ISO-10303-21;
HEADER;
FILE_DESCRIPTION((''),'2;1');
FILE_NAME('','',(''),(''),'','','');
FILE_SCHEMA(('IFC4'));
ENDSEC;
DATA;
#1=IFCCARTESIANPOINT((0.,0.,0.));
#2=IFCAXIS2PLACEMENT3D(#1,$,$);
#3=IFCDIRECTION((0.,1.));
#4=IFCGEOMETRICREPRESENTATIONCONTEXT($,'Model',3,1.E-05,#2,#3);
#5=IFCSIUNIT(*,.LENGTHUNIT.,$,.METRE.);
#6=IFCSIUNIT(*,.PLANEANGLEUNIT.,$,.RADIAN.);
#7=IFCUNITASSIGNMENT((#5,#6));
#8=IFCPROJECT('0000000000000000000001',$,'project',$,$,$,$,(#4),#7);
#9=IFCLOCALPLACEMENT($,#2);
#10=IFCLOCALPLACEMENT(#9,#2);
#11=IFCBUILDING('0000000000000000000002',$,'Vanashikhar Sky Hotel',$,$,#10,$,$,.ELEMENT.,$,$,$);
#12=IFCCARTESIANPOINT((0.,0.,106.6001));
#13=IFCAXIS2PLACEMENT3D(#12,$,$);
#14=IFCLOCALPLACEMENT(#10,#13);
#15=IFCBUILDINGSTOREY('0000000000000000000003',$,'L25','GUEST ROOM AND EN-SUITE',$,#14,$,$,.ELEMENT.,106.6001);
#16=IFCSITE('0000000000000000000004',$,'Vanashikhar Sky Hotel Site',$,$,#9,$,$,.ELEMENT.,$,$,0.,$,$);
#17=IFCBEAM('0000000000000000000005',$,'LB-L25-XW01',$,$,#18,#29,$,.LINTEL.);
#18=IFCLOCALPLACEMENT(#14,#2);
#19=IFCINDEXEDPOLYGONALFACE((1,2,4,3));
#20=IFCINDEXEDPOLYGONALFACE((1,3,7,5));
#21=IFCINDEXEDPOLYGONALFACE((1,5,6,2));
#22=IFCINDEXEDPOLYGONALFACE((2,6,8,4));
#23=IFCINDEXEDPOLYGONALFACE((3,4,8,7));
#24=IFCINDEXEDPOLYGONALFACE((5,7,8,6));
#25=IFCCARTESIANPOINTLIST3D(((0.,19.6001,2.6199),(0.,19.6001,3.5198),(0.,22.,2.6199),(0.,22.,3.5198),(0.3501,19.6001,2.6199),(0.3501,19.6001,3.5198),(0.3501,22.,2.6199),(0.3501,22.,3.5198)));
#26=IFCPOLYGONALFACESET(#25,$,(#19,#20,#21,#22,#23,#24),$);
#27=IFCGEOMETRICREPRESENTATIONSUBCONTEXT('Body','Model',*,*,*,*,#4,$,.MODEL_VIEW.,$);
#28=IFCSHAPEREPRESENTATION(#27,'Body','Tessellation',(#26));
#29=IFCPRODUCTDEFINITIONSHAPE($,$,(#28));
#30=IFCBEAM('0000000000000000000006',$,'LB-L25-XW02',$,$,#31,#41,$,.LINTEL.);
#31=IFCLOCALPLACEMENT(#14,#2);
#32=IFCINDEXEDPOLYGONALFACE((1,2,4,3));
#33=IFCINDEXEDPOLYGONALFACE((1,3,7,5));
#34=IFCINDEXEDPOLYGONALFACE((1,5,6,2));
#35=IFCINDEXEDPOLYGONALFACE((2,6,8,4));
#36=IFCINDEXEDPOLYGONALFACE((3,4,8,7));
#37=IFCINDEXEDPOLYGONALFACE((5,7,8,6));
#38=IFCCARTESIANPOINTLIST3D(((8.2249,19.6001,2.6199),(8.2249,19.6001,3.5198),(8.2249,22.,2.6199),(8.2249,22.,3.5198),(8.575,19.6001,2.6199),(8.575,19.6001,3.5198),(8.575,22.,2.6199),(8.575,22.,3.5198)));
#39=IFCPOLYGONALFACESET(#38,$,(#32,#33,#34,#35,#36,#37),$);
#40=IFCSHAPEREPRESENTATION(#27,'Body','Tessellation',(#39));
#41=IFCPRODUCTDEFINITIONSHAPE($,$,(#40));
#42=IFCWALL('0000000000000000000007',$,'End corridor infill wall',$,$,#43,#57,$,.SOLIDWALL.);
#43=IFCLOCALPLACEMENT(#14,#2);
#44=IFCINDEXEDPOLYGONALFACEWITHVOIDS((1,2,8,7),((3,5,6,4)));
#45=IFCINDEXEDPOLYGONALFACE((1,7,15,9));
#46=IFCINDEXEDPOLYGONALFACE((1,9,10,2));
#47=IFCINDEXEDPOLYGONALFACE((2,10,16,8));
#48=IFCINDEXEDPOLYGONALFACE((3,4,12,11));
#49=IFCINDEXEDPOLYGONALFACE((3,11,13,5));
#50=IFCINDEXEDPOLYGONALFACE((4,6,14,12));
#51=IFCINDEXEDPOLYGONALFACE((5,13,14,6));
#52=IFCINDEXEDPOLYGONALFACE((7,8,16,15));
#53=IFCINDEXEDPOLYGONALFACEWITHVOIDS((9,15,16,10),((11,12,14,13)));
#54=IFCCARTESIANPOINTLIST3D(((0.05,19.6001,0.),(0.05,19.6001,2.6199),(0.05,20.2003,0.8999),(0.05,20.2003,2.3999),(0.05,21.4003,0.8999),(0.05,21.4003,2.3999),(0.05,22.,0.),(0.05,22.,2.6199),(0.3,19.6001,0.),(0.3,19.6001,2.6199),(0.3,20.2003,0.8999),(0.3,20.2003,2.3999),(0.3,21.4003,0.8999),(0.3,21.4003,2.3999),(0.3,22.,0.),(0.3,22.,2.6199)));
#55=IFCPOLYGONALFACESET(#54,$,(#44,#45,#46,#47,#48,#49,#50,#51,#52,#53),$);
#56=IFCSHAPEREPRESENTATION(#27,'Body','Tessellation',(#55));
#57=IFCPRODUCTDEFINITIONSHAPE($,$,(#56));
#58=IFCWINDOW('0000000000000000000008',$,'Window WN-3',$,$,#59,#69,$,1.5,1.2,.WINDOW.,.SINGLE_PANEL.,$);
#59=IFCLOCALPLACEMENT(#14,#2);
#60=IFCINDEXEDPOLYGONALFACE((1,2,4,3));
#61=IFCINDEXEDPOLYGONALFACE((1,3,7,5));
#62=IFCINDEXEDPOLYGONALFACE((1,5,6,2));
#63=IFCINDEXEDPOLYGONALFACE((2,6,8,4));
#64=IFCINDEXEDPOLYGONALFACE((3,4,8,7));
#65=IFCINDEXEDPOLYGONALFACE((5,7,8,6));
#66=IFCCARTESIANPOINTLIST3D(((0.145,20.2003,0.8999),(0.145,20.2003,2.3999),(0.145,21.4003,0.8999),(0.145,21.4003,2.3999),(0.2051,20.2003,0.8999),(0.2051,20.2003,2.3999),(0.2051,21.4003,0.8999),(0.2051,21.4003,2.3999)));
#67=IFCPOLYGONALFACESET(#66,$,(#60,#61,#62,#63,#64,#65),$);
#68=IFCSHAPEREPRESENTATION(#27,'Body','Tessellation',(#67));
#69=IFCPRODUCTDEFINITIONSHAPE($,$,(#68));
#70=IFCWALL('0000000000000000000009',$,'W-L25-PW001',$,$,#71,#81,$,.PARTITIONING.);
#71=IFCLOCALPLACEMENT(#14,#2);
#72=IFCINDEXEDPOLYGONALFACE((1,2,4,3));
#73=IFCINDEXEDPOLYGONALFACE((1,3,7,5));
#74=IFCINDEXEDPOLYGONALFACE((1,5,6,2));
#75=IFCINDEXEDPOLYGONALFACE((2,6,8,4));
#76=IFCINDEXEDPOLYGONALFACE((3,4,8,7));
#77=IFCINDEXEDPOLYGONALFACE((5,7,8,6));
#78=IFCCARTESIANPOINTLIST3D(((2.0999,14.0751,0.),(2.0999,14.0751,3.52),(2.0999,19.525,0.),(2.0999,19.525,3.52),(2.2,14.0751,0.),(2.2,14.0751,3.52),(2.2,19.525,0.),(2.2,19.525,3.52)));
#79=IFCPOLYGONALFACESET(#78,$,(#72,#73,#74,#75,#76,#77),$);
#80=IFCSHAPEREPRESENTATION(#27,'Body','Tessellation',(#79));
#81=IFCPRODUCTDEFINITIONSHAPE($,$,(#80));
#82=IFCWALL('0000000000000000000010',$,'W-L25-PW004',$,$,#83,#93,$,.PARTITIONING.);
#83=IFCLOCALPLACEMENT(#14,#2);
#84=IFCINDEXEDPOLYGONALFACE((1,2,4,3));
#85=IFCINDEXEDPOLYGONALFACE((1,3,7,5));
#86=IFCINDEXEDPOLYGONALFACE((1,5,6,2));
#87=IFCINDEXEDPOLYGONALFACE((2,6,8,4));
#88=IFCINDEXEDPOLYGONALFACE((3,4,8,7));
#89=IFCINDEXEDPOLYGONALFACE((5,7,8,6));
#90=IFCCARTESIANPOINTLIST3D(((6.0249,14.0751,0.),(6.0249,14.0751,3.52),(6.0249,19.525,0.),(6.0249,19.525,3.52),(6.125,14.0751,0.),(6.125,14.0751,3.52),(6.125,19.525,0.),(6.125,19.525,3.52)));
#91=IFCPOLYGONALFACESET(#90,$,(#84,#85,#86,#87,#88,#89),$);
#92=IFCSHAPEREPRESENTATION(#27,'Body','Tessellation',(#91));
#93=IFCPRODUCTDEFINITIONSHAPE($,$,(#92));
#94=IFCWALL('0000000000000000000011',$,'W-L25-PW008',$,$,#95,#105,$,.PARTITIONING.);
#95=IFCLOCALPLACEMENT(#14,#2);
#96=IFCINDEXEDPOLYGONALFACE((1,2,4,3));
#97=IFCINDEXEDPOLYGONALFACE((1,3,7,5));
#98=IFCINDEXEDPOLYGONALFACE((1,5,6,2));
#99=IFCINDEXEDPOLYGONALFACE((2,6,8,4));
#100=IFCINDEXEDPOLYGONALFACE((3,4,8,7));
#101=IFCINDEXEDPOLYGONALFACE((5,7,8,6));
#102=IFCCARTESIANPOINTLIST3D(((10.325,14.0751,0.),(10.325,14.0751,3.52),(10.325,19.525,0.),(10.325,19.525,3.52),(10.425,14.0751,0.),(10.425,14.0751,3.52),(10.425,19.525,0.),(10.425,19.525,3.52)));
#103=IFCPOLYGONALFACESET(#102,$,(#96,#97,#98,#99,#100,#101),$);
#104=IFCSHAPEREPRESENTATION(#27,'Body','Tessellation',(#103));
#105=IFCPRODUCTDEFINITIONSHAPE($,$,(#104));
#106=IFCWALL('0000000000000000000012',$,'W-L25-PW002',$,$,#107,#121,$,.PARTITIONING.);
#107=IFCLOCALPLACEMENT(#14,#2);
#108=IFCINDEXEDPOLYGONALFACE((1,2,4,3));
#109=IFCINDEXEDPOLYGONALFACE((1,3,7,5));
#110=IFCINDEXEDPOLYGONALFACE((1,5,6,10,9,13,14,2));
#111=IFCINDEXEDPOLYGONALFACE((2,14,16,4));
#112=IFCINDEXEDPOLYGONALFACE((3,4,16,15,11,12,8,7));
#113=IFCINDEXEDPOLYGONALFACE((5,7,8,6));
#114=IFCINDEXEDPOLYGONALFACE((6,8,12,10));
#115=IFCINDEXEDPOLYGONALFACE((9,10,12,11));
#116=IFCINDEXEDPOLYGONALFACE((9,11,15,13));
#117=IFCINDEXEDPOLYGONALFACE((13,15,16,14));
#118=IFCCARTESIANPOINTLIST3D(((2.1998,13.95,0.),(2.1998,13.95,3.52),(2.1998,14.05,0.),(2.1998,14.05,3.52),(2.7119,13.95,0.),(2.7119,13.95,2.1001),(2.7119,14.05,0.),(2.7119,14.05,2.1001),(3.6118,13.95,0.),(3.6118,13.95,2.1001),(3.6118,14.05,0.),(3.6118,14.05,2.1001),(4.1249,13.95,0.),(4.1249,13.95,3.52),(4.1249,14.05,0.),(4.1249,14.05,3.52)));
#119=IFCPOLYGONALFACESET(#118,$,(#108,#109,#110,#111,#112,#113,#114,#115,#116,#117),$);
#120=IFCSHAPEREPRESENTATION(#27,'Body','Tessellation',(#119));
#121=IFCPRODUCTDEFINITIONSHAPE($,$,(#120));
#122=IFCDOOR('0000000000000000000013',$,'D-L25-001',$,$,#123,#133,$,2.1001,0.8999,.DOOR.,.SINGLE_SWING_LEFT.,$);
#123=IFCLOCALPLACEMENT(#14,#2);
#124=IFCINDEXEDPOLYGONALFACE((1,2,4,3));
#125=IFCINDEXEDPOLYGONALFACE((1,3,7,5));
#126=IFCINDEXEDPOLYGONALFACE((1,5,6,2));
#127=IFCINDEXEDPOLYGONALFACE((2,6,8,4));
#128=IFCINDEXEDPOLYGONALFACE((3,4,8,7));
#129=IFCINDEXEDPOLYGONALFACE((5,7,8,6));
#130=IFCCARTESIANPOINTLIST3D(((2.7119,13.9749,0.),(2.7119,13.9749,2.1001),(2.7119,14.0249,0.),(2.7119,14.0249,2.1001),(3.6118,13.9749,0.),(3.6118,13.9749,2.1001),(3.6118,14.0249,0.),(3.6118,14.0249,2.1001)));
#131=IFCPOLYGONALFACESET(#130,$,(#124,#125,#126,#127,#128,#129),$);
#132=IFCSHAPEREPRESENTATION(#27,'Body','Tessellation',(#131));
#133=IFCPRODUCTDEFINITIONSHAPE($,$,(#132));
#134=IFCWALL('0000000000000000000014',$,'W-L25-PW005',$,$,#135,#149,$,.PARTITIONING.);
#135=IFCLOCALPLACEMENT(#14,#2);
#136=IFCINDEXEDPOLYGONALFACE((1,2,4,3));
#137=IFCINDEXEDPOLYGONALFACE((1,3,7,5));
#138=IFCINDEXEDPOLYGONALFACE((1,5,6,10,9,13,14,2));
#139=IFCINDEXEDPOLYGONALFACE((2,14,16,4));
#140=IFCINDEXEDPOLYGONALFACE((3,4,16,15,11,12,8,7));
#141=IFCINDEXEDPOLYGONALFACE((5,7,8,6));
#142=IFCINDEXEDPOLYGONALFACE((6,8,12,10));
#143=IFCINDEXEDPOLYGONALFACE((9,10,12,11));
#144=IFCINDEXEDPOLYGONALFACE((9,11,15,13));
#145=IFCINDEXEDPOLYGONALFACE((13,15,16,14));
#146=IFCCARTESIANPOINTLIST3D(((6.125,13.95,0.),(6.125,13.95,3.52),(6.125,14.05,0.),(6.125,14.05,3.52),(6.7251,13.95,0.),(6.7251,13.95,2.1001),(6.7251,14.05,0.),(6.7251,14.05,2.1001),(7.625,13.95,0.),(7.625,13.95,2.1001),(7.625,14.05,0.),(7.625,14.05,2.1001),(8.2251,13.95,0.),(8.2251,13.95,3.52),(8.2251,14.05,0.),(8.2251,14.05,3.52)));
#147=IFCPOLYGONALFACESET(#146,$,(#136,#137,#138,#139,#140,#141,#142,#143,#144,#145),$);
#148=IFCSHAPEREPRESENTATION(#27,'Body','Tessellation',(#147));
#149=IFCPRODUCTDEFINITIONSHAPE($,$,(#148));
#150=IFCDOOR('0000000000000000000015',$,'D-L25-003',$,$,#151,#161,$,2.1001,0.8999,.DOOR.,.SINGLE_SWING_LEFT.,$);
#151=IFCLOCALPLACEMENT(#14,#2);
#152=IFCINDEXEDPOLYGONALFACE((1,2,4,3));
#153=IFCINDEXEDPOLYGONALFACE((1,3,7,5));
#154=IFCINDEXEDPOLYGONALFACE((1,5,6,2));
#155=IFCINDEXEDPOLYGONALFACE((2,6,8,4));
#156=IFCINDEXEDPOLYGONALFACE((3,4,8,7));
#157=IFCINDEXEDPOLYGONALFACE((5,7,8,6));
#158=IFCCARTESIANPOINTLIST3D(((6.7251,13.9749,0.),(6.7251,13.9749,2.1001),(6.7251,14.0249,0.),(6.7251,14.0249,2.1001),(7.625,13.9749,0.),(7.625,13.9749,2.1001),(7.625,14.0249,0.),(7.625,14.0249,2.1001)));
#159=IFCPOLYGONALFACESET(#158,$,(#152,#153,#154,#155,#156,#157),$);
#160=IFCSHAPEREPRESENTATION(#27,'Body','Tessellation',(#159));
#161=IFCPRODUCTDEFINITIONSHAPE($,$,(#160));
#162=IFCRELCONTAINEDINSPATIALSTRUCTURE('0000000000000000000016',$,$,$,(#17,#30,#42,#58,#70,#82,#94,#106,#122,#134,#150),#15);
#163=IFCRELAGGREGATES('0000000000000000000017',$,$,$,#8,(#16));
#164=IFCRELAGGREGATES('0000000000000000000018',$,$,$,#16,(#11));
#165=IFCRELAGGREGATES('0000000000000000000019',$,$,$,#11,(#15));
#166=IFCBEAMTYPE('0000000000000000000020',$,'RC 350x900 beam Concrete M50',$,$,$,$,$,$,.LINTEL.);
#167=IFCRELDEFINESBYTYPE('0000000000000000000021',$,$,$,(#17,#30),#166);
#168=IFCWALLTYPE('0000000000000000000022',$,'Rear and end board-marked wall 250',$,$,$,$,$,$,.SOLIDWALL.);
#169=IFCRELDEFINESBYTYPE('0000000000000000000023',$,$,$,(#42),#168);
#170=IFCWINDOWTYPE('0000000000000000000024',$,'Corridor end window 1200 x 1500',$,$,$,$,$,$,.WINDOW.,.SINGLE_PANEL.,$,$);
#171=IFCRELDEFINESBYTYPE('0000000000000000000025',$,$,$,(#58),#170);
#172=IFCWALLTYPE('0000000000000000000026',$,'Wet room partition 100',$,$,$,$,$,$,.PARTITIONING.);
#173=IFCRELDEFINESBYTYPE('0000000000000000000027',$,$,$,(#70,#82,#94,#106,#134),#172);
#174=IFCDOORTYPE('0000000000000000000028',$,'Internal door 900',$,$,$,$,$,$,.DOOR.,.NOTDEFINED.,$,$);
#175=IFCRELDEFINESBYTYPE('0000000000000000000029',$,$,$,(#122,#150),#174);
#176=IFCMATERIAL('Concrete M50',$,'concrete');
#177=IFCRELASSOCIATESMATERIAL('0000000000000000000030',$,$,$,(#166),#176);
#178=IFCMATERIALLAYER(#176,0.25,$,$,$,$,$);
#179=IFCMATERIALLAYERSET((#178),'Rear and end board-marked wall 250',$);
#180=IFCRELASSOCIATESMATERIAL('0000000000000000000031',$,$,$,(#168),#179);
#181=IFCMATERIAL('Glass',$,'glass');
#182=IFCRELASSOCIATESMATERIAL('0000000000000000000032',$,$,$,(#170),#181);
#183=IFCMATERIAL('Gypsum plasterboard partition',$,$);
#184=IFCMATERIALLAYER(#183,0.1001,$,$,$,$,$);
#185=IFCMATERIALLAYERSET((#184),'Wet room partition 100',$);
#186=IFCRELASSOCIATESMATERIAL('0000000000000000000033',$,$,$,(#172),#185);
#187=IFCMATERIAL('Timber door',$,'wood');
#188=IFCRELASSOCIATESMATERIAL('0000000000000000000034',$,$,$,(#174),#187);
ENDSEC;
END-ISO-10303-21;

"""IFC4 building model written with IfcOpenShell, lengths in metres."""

from ifc_helpers import new_model, si_unit, direction, frame, frame_2d, origin, origin_2d, place, context, subcontext, project, spatial, rectangle, extrude, source, transform, mapped, material, layer, layer_set, material_profile, profile_set, type_object, element, fill, save


model = new_model("IFC4")

# Units and contexts
model_context = context("Model", 3, precision=1e-05, world=origin(), true_north=direction((0.0, 1.0)))
body_context = subcontext(model_context, "Body", "Model", "MODEL_VIEW")
ifc_project = project(units=[si_unit("LENGTHUNIT", "METRE"), si_unit("PLANEANGLEUNIT", "RADIAN")], contexts=[model_context])

# Site, building, storey
site_placement = place(None, origin())
site = spatial("IfcSite", under=ifc_project, at=site_placement, Name="Vanashikhar Sky Hotel Site", CompositionType="ELEMENT", RefElevation=0.0)
building_placement = place(site_placement, origin())
building = spatial("IfcBuilding", under=site, at=building_placement, Name="Vanashikhar Sky Hotel", CompositionType="ELEMENT")
storey_placement = place(building_placement, frame((0.0, 0.0, 106.6001)))
storey = spatial("IfcBuildingStorey", under=building, at=storey_placement, Name="L25", Description="GUEST ROOM AND EN-SUITE", CompositionType="ELEMENT", Elevation=106.6001)

# Beams
ifc_material_1 = material(Name="Concrete M50", Category="concrete")
ifc_material_profile = material_profile(ifc_material_1, rectangle(XDim=0.3501, YDim=0.8999, at=origin_2d()))
ifc_profile_set = profile_set([ifc_material_profile], Name="RC 350x900 beam Concrete M50")
beam_type = type_object("IfcBeamType", Name="RC 350x900 beam Concrete M50", PredefinedType="LINTEL", material=ifc_profile_set)
shared_shape_1 = source(origin(), body_context, "Body", "SweptSolid", [
    extrude(rectangle(XDim=0.3501, YDim=0.8999, at=origin_2d()), origin(), (0.0, 0.0, 1.0), 2.3999),
])
for number, where, z_axis, x_axis, name in (
    (1, (0.175, 19.6001, 3.0698), (0.0, 1.0, 0.0), (-1.0, 0.0, 0.0), "LB-L25-XW01"),
    (2, (8.3999, 19.6001, 3.0698), (0.0, 1.0, 0.0), (-1.0, 0.0, 0.0), "LB-L25-XW02"),
):
    element("IfcBeam", number, at=place(storey_placement, frame(where, z_axis=z_axis, x_axis=x_axis)), inside=storey, type_object=beam_type, Name=name, PredefinedType="LINTEL", context=body_context, shape_type="MappedRepresentation", body=[
        mapped(shared_shape_1, transform((0.0, 0.0, 0.0), scale=1.0)),
    ])

# Wall, opening, window
ifc_layer_1 = layer(ifc_material_1, 0.25)
ifc_layer_set_1 = layer_set([ifc_layer_1], Name="Rear and end board-marked wall 250")
wall_type_1 = type_object("IfcWallType", Name="Rear and end board-marked wall 250", PredefinedType="SOLIDWALL", material=ifc_layer_set_1)
shared_shape_2 = source(origin(), body_context, "Body", "SweptSolid", [
    extrude(rectangle(XDim=2.3999, YDim=0.25, at=frame_2d((1.2, 0.0))), origin(), (0.0, 0.0, 1.0), 2.6199),
])
wall_1_placement = place(storey_placement, frame((0.175, 19.6001, 0.0), z_axis=(0.0, 0.0, 1.0), x_axis=(0.0, 1.0, 0.0)))
wall_1 = element("IfcWall", 3, at=wall_1_placement, inside=storey, type_object=wall_type_1, Name="End corridor infill wall", PredefinedType="SOLIDWALL", context=body_context, shape_type="MappedRepresentation", body=[
    mapped(shared_shape_2, transform((0.0, 0.0, 0.0), scale=1.0)),
])
shared_shape_3 = source(origin(), body_context, "Body", "SweptSolid", [
    extrude(rectangle(XDim=1.2, YDim=1.5, at=frame_2d((0.6001, 0.75))), frame((0.0, 0.135, 0.0), z_axis=(0.0, -1.0, 0.0), x_axis=(1.0, 0.0, 0.0)), (0.0, 0.0, 1.0), 0.27),
])
opening_1_placement = place(wall_1_placement, frame((0.6001, 0.0, 0.8999)))
opening_1 = element("IfcOpeningElement", 4, at=opening_1_placement, cuts=wall_1, PredefinedType="OPENING", context=body_context, shape_type="MappedRepresentation", body=[
    mapped(shared_shape_3, transform((0.0, 0.0, 0.0), scale=1.0)),
])
ifc_material_2 = material(Name="Glass", Category="glass")
window_type = type_object("IfcWindowType", Name="Corridor end window 1200 x 1500", PartitioningType="SINGLE_PANEL", PredefinedType="WINDOW", material=ifc_material_2)
shared_shape_4 = source(origin(), body_context, "Body", "SweptSolid", [
    extrude(rectangle(XDim=1.2, YDim=1.5, at=frame_2d((0.6001, 0.75))), frame((0.0, 0.03, 0.0), z_axis=(0.0, -1.0, 0.0), x_axis=(1.0, 0.0, 0.0)), (0.0, 0.0, 1.0), 0.0601),
])
window_placement = place(opening_1_placement, origin())
window = element("IfcWindow", 5, at=window_placement, inside=storey, type_object=window_type, Name="Window WN-3", OverallHeight=1.5, OverallWidth=1.2, PartitioningType="SINGLE_PANEL", PredefinedType="WINDOW", context=body_context, shape_type="MappedRepresentation", body=[
    mapped(shared_shape_4, transform((0.0, 0.0, 0.0), scale=1.0)),
])
fill(opening_1, window)

# Walls
ifc_material_3 = material(Name="Gypsum plasterboard partition")
ifc_layer_2 = layer(ifc_material_3, 0.1001)
ifc_layer_set_2 = layer_set([ifc_layer_2], Name="Wet room partition 100")
wall_type_2 = type_object("IfcWallType", Name="Wet room partition 100", PredefinedType="PARTITIONING", material=ifc_layer_set_2)
shared_shape_5 = source(origin(), body_context, "Body", "SweptSolid", [
    extrude(rectangle(XDim=5.45, YDim=0.1001, at=frame_2d((2.7251, 0.0))), origin(), (0.0, 0.0, 1.0), 3.52),
])
for number, where, z_axis, x_axis, name in (
    (6, (2.1499, 14.075, 0.0), (0.0, 0.0, 1.0), (0.0, 1.0, 0.0), "W-L25-PW001"),
    (7, (6.075, 14.075, 0.0), (0.0, 0.0, 1.0), (0.0, 1.0, 0.0), "W-L25-PW004"),
    (8, (10.375, 14.075, 0.0), (0.0, 0.0, 1.0), (0.0, 1.0, 0.0), "W-L25-PW008"),
):
    element("IfcWall", number, at=place(storey_placement, frame(where, z_axis=z_axis, x_axis=x_axis)), inside=storey, type_object=wall_type_2, Name=name, PredefinedType="PARTITIONING", context=body_context, shape_type="MappedRepresentation", body=[
        mapped(shared_shape_5, transform((0.0, 0.0, 0.0), scale=1.0)),
    ])

# Walls, openings, doors
shared_shape_6 = source(origin(), body_context, "Body", "SweptSolid", [
    extrude(rectangle(XDim=1.925, YDim=0.1001, at=frame_2d((0.9624, 0.0))), origin(), (0.0, 0.0, 1.0), 3.52),
])
wall_2_placement = place(storey_placement, frame((2.2, 14.0, 0.0), z_axis=(0.0, 0.0, 1.0), x_axis=(1.0, 0.0, 0.0)))
wall_2 = element("IfcWall", 9, at=wall_2_placement, inside=storey, type_object=wall_type_2, Name="W-L25-PW002", PredefinedType="PARTITIONING", context=body_context, shape_type="MappedRepresentation", body=[
    mapped(shared_shape_6, transform((0.0, 0.0, 0.0), scale=1.0)),
])
shared_shape_7 = source(origin(), body_context, "Body", "SweptSolid", [
    extrude(rectangle(XDim=0.8999, YDim=2.1001, at=frame_2d((0.45, 1.05))), frame((0.0, 0.0601, 0.0), z_axis=(0.0, -1.0, 0.0), x_axis=(1.0, 0.0, 0.0)), (0.0, 0.0, 1.0), 0.1201),
])
opening_2_placement = place(wall_2_placement, frame((0.512, 0.0, 0.0)))
opening_2 = element("IfcOpeningElement", 10, at=opening_2_placement, cuts=wall_2, PredefinedType="OPENING", context=body_context, shape_type="MappedRepresentation", body=[
    mapped(shared_shape_7, transform((0.0, 0.0, 0.0), scale=1.0)),
])
ifc_material_4 = material(Name="Timber door", Category="wood")
door_type_1 = type_object("IfcDoorType", Name="Internal door 900", OperationType="NOTDEFINED", PredefinedType="DOOR", material=ifc_material_4)
shared_shape_8 = source(origin(), body_context, "Body", "SweptSolid", [
    extrude(rectangle(XDim=0.8999, YDim=2.1001, at=frame_2d((0.45, 1.05))), frame((0.0, 0.0249, 0.0), z_axis=(0.0, -1.0, 0.0), x_axis=(1.0, 0.0, 0.0)), (0.0, 0.0, 1.0), 0.05),
])
door_1_placement = place(opening_2_placement, origin())
door_1 = element("IfcDoor", 11, at=door_1_placement, inside=storey, type_object=door_type_1, Name="D-L25-001", OperationType="SINGLE_SWING_LEFT", OverallHeight=2.1001, OverallWidth=0.8999, PredefinedType="DOOR", context=body_context, shape_type="MappedRepresentation", body=[
    mapped(shared_shape_8, transform((0.0, 0.0, 0.0), scale=1.0)),
])
fill(opening_2, door_1)
shared_shape_9 = source(origin(), body_context, "Body", "SweptSolid", [
    extrude(rectangle(XDim=2.1001, YDim=0.1001, at=frame_2d((1.05, 0.0))), origin(), (0.0, 0.0, 1.0), 3.52),
])
wall_3_placement = place(storey_placement, frame((6.125, 14.0, 0.0), z_axis=(0.0, 0.0, 1.0), x_axis=(1.0, 0.0, 0.0)))
wall_3 = element("IfcWall", 12, at=wall_3_placement, inside=storey, type_object=wall_type_2, Name="W-L25-PW005", PredefinedType="PARTITIONING", context=body_context, shape_type="MappedRepresentation", body=[
    mapped(shared_shape_9, transform((0.0, 0.0, 0.0), scale=1.0)),
])
opening_3_placement = place(wall_3_placement, frame((0.6001, 0.0, 0.0)))
opening_3 = element("IfcOpeningElement", 13, at=opening_3_placement, cuts=wall_3, PredefinedType="OPENING", context=body_context, shape_type="MappedRepresentation", body=[
    mapped(shared_shape_7, transform((0.0, 0.0, 0.0), scale=1.0)),
])
door_2_placement = place(opening_3_placement, origin())
door_2 = element("IfcDoor", 14, at=door_2_placement, inside=storey, type_object=door_type_1, Name="D-L25-003", OperationType="SINGLE_SWING_LEFT", OverallHeight=2.1001, OverallWidth=0.8999, PredefinedType="DOOR", context=body_context, shape_type="MappedRepresentation", body=[
    mapped(shared_shape_8, transform((0.0, 0.0, 0.0), scale=1.0)),
])
fill(opening_3, door_2)

save(model, "model.ifc")
